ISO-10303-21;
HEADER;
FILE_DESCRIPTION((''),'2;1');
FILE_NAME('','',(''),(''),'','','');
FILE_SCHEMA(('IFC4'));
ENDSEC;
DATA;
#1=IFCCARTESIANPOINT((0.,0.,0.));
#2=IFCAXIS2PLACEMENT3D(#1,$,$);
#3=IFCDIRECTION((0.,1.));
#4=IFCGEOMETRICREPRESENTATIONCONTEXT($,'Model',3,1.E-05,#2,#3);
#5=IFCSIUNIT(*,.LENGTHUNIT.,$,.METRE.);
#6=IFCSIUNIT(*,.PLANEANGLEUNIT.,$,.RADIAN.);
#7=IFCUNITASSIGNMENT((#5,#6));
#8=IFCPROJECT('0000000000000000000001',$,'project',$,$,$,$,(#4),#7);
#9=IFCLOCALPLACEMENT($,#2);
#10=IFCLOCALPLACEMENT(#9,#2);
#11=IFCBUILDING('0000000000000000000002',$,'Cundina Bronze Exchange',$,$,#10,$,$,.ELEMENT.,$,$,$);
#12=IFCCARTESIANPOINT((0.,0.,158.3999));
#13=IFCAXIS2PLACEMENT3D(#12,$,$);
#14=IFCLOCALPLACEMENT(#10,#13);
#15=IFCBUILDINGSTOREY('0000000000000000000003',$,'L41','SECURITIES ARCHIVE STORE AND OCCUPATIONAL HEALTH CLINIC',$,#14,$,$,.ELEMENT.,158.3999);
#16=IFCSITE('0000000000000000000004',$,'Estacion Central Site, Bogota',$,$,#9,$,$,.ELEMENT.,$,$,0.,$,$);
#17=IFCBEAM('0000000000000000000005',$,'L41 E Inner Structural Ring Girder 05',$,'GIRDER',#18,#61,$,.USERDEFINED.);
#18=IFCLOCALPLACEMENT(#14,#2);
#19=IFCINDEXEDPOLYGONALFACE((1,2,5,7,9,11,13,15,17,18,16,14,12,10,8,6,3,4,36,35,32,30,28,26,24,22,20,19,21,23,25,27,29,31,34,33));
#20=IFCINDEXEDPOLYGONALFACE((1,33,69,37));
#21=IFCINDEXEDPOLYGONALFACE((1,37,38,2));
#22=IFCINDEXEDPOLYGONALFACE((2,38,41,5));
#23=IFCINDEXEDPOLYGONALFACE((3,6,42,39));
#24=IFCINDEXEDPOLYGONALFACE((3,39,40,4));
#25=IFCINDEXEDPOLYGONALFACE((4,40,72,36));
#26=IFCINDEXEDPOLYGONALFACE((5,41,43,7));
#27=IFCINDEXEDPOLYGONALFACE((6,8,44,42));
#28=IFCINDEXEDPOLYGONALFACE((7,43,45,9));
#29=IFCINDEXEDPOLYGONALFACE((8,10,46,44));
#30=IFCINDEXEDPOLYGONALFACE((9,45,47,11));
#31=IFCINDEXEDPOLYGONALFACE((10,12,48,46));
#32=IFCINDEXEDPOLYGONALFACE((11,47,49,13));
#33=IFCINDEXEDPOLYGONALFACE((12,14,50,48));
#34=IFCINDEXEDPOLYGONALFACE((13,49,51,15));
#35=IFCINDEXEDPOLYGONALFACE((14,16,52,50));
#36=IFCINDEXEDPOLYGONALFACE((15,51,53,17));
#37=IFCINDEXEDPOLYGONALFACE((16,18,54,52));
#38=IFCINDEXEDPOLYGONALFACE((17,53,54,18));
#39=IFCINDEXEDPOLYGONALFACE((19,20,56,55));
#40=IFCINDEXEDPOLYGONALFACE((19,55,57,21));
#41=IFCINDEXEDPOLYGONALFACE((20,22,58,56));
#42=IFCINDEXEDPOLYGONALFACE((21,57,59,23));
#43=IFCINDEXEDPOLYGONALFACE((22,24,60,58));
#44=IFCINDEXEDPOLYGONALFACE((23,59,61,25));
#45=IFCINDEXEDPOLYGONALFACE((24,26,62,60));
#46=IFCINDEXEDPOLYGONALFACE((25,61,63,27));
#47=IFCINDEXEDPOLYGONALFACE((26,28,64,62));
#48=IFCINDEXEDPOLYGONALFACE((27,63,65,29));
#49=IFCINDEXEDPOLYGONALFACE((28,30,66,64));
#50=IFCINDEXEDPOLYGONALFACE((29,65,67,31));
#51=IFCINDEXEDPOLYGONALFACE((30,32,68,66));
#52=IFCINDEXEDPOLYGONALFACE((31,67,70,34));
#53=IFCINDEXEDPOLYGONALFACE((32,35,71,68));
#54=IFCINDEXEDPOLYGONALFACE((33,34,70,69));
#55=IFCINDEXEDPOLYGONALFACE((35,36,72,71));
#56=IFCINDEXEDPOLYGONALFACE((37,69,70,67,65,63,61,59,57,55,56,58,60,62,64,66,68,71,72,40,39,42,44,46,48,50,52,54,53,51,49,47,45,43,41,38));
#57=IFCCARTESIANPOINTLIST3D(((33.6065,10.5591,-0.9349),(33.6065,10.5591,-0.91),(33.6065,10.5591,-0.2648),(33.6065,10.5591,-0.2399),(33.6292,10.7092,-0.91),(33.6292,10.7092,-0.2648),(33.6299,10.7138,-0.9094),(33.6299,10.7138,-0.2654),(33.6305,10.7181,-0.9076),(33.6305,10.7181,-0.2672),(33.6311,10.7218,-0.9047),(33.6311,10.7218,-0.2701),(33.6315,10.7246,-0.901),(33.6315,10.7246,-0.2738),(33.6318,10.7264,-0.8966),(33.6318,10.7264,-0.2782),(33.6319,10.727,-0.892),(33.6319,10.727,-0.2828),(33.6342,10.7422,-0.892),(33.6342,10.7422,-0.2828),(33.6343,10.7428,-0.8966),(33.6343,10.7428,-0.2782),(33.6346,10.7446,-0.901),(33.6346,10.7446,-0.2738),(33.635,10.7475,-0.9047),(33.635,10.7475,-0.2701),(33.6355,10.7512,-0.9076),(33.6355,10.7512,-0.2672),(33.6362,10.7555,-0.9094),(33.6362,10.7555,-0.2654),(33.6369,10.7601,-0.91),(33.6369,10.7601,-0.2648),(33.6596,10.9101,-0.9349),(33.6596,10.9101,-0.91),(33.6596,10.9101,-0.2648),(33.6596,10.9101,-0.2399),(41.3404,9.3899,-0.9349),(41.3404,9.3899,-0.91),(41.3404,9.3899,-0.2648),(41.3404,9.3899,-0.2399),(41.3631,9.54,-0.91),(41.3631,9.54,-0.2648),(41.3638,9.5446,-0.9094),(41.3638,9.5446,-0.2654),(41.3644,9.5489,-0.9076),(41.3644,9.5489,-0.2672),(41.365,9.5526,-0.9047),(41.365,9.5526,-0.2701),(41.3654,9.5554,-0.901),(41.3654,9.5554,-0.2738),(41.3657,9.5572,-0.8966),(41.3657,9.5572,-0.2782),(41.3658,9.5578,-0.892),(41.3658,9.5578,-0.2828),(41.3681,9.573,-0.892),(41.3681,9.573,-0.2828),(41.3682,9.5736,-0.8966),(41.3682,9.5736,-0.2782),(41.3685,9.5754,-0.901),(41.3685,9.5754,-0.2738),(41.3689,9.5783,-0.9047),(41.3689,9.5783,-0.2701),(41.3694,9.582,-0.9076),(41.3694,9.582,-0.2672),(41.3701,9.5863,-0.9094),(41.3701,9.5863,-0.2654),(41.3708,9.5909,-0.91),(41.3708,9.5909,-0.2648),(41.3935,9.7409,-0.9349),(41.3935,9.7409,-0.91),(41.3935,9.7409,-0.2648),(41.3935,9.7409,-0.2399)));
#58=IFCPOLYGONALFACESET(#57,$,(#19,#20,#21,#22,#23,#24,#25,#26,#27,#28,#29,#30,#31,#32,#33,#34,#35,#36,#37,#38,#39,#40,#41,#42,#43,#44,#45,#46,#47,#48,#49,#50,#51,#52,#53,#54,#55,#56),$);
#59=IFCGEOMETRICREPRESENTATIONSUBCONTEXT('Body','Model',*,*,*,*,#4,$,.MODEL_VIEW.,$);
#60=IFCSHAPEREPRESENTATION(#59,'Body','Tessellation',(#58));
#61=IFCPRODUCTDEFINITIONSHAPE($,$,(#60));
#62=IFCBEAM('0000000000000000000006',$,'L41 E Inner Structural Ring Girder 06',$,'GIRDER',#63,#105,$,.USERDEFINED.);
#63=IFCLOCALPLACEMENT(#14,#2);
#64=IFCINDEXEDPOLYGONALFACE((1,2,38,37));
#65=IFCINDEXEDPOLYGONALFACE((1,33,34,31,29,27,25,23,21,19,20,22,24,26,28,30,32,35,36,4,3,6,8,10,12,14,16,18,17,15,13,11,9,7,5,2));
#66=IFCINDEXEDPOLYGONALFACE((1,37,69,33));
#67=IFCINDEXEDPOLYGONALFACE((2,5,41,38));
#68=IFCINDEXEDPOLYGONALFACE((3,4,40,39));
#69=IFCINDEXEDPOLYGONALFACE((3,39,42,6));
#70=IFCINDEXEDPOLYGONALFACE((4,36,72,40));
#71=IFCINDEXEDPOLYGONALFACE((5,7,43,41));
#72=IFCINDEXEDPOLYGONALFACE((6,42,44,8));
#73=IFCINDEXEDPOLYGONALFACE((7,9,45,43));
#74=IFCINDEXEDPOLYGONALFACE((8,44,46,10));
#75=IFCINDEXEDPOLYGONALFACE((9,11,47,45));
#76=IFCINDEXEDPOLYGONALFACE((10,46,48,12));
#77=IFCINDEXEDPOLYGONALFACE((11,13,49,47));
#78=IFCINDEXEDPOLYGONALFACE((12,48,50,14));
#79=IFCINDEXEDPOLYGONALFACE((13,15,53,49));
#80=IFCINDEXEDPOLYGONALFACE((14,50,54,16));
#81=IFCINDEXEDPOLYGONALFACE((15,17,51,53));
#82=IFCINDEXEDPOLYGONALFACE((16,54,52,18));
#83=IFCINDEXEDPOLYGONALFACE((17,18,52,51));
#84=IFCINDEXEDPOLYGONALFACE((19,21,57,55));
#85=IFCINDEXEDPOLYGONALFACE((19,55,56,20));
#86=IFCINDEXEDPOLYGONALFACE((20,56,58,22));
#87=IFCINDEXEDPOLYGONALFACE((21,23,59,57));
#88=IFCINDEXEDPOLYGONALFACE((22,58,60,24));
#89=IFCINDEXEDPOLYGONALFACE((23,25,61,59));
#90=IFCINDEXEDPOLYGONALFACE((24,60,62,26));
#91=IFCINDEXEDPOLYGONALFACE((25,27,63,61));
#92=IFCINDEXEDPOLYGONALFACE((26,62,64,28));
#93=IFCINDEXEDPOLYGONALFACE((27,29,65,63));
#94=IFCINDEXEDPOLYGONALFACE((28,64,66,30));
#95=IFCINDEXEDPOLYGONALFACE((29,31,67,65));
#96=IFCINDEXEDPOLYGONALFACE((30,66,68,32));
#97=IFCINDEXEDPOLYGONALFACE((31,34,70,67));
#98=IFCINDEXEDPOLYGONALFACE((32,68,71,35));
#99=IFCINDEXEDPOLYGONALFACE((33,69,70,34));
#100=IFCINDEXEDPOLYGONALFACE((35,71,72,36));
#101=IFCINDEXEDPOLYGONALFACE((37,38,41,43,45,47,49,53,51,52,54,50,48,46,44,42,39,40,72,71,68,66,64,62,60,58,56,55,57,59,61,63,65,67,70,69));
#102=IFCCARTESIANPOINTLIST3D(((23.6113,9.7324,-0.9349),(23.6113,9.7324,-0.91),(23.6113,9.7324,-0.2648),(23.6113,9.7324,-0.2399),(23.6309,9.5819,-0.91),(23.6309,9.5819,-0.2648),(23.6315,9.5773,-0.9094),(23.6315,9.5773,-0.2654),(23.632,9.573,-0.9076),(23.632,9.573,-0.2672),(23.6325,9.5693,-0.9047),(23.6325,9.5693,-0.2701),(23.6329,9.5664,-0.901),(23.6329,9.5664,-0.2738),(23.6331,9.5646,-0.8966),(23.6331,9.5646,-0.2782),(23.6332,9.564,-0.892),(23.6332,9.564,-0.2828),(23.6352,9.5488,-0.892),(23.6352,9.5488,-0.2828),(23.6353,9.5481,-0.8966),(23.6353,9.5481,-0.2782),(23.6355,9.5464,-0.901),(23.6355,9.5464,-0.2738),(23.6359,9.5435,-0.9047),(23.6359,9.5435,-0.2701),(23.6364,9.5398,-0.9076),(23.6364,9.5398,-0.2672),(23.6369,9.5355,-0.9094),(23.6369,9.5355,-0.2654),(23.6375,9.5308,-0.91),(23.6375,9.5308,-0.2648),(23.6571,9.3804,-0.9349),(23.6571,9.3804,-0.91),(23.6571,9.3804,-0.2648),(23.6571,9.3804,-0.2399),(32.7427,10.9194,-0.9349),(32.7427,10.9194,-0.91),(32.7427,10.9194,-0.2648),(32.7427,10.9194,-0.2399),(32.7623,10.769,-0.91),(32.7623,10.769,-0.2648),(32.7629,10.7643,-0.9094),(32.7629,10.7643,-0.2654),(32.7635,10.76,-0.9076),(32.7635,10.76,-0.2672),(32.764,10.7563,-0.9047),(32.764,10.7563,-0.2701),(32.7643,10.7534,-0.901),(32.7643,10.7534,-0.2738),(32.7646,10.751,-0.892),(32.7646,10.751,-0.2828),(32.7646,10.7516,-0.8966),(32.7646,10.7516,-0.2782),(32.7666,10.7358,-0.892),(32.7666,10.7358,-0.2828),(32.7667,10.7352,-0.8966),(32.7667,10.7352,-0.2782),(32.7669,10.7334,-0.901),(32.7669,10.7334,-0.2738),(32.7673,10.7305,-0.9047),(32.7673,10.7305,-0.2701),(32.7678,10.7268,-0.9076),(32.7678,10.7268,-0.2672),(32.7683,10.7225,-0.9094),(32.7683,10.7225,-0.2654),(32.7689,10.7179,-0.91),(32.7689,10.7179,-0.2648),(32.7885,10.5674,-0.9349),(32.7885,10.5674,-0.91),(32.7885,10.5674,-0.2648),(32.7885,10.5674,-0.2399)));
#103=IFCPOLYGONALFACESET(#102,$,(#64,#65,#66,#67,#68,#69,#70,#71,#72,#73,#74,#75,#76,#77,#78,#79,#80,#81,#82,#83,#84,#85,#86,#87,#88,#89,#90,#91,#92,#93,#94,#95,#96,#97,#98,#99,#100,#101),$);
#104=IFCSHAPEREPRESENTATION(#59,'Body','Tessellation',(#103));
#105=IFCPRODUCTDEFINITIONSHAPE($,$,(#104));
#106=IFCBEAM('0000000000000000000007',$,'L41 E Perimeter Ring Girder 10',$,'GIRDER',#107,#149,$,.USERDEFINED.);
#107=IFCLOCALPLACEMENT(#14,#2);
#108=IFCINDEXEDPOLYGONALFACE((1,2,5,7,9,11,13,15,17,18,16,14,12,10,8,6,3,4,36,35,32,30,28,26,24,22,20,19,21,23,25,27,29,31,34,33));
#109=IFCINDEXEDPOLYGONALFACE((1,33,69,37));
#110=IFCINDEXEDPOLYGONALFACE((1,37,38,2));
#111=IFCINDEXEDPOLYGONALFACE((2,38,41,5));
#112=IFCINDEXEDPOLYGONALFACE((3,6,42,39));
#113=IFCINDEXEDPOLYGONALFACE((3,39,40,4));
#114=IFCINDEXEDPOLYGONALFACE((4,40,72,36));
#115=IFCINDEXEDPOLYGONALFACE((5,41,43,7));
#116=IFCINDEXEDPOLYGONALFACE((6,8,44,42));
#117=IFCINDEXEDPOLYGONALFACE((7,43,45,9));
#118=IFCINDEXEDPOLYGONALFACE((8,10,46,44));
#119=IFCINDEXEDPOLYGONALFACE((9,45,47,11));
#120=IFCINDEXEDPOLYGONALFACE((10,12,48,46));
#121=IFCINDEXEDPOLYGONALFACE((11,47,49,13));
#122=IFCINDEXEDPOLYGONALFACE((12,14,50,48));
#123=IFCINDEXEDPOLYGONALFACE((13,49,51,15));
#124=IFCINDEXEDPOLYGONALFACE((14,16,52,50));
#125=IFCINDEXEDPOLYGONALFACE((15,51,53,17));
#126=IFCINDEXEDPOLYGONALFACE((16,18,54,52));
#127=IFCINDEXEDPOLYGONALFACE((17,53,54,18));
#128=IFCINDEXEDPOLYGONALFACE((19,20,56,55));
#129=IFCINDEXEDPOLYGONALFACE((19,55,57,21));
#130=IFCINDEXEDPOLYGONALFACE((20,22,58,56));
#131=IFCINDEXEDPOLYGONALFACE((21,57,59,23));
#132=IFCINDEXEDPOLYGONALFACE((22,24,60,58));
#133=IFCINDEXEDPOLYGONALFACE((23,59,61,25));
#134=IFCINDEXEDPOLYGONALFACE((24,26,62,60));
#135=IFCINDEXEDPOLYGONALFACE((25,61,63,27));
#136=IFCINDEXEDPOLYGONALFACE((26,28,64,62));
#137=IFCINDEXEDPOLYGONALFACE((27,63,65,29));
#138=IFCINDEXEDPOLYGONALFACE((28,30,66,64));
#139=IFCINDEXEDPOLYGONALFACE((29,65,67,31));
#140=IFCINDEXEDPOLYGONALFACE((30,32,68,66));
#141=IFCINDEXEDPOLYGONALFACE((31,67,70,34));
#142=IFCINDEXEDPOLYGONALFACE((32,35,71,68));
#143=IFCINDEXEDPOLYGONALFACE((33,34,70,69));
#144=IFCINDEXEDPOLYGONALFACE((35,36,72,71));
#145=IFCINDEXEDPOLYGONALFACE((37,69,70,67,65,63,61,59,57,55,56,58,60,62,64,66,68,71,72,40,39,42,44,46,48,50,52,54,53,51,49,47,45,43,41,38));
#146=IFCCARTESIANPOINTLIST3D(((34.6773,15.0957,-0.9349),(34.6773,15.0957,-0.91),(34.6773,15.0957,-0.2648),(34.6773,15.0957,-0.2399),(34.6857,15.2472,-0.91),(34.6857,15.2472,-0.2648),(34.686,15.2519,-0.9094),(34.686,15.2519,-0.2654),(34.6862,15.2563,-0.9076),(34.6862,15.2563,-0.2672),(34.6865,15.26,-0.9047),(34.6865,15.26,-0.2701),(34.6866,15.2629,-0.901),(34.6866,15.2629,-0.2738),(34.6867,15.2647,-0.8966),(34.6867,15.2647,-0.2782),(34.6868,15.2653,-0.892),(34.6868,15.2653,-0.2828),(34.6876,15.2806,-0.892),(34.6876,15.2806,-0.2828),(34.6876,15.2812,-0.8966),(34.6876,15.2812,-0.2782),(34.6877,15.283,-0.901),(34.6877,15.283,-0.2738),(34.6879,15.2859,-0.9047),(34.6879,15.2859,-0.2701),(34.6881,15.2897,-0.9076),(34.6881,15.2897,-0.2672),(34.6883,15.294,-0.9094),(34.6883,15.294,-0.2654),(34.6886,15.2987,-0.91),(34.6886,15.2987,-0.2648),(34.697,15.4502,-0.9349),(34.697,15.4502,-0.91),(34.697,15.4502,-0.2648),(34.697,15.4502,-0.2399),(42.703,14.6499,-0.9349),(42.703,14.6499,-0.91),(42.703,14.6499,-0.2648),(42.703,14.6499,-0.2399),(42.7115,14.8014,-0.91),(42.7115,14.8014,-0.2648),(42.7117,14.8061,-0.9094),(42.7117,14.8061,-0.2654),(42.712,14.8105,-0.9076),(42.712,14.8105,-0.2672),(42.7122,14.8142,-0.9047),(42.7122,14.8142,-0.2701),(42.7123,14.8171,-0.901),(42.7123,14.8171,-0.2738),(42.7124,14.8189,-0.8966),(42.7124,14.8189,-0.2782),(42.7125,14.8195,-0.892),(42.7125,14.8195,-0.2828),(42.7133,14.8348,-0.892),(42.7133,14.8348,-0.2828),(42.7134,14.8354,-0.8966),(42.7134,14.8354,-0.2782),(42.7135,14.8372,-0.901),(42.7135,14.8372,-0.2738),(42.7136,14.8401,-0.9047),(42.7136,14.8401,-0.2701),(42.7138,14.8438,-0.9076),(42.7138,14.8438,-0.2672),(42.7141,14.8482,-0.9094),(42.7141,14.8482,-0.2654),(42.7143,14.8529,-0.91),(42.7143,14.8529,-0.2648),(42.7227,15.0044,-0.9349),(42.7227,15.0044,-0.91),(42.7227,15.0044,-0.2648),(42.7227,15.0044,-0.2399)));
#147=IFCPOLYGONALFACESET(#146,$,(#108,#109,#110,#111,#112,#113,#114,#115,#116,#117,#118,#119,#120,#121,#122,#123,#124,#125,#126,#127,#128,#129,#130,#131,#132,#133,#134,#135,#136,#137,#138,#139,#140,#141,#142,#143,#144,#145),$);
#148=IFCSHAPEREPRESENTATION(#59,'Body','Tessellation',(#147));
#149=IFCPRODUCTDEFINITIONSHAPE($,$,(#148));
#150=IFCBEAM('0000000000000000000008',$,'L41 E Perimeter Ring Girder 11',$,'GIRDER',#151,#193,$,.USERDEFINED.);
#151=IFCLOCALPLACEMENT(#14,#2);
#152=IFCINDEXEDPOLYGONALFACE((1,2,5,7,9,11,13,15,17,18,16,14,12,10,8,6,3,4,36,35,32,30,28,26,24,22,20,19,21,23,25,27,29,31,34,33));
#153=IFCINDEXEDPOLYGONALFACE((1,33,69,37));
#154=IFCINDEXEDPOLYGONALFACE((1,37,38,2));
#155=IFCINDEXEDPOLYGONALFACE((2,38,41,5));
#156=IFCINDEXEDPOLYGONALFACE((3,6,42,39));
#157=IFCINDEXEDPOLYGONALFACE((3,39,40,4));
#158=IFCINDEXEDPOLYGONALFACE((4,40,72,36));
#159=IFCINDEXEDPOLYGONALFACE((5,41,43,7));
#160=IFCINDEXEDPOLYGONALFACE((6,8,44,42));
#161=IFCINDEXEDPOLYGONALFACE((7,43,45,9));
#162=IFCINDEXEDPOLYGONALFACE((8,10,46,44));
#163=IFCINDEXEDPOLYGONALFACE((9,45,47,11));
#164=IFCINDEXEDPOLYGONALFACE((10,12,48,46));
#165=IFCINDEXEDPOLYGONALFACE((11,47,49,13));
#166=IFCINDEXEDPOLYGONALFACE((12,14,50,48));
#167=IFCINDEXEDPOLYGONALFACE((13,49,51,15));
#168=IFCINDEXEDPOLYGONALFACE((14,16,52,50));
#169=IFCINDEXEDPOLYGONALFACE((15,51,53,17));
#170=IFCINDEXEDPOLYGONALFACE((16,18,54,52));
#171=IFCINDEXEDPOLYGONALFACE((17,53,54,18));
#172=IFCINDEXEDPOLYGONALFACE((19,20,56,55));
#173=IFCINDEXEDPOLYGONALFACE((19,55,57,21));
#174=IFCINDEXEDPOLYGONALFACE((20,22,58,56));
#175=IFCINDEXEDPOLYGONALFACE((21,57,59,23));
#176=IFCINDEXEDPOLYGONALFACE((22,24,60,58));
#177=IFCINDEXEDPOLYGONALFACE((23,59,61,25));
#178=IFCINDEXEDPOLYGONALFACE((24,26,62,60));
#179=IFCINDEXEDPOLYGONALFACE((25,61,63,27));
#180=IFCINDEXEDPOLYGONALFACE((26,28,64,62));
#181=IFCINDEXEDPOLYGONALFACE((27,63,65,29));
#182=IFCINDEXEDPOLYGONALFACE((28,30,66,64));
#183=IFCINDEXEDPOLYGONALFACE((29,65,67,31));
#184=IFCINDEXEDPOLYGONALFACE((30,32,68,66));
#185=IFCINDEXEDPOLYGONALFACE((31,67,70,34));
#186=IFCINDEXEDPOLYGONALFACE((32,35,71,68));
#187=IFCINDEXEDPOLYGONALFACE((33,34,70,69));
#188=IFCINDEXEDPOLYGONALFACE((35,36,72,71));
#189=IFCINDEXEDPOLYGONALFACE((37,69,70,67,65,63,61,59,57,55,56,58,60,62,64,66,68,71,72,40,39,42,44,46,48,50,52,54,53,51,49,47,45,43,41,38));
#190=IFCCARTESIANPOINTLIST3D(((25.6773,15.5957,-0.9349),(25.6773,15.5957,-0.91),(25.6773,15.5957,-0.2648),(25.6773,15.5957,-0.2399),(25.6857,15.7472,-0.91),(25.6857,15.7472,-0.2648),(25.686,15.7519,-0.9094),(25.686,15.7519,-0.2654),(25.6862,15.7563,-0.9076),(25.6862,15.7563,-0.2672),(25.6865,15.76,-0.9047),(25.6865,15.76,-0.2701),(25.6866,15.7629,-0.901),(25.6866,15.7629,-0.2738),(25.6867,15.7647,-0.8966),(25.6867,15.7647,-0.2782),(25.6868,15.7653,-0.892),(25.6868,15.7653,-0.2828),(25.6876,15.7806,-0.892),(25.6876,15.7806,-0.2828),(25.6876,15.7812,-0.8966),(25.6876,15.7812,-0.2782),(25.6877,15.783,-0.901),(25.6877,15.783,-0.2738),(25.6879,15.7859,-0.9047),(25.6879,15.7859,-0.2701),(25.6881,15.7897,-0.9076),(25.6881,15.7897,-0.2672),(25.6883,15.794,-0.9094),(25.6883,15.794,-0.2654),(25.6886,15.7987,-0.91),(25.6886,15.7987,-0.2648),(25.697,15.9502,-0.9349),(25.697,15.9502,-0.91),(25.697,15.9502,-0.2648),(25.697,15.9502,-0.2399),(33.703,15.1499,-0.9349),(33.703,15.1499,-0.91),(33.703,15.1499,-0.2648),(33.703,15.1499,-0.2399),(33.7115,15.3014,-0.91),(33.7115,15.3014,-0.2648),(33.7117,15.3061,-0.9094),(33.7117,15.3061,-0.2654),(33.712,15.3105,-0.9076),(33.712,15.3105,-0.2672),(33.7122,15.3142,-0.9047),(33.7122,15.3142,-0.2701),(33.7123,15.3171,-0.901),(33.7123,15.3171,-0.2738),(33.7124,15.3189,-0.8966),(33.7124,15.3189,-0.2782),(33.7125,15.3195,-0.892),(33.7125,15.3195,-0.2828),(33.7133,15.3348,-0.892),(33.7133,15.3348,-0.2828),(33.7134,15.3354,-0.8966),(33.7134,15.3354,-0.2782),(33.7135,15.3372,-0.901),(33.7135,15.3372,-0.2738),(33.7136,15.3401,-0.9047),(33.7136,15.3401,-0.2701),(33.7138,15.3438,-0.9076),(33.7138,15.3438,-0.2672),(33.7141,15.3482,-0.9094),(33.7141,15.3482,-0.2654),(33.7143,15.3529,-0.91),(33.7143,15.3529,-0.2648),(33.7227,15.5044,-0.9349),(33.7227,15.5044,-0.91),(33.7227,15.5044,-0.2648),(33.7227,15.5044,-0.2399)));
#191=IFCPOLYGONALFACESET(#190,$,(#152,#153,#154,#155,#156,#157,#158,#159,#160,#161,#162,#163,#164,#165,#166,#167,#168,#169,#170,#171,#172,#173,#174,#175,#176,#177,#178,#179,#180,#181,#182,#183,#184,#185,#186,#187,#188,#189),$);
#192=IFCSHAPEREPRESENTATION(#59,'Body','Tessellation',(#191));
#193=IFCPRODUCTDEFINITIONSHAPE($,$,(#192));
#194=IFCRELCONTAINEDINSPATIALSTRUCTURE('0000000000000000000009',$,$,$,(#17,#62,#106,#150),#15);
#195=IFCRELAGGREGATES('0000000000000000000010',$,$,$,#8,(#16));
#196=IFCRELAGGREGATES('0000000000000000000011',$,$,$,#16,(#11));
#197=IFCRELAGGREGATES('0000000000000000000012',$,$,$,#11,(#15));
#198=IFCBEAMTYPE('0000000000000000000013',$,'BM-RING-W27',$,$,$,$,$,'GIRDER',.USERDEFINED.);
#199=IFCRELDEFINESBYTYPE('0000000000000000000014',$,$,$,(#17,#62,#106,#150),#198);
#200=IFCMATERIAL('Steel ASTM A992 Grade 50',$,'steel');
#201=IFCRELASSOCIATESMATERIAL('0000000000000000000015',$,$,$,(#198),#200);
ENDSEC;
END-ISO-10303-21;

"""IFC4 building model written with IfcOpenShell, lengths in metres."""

from ifc_helpers import new_model, si_unit, direction, frame, origin, origin_2d, place, context, subcontext, project, spatial, i_section, extrude, material, material_profile, profile_set, type_object, element, save


model = new_model("IFC4")

# Units and contexts
model_context = context("Model", 3, precision=1e-05, world=origin(), true_north=direction((0.0, 1.0)))
body_context = subcontext(model_context, "Body", "Model", "MODEL_VIEW")
ifc_project = project(units=[si_unit("LENGTHUNIT", "METRE"), si_unit("PLANEANGLEUNIT", "RADIAN")], contexts=[model_context])

# Site, building, storey
site_placement = place(None, origin())
site = spatial("IfcSite", under=ifc_project, at=site_placement, Name="Estacion Central Site, Bogota", CompositionType="ELEMENT", RefElevation=0.0)
building_placement = place(site_placement, origin())
building = spatial("IfcBuilding", under=site, at=building_placement, Name="Cundina Bronze Exchange", CompositionType="ELEMENT")
storey_placement = place(building_placement, frame((0.0, 0.0, 158.3999)))
storey = spatial("IfcBuildingStorey", under=building, at=storey_placement, Name="L41", Description="SECURITIES ARCHIVE STORE AND OCCUPATIONAL HEALTH CLINIC", CompositionType="ELEMENT", Elevation=158.3999)

# Beams
ifc_material_1 = material(Name="Steel ASTM A992 Grade 50", Category="steel")
ifc_material_profile_1 = material_profile(ifc_material_1, i_section(OverallWidth=0.355, OverallDepth=0.6951, WebThickness=0.0154, FlangeThickness=0.0249, FilletRadius=0.0181, at=origin_2d()), Name="W27X146", Category="steel")
ifc_profile_set_1 = profile_set([ifc_material_profile_1], Name="Steel ASTM A992 Grade 50")
beam_type_1 = type_object("IfcBeamType", Name="BM-RING-W27", ElementType="GIRDER", PredefinedType="USERDEFINED", material=ifc_profile_set_1)
beam_1_placement = place(storey_placement, frame((41.3669, 9.5654, -0.5874), z_axis=(-0.988765, 0.149479, 0.0), x_axis=(-0.149479, -0.988765, 0.0)))
element("IfcBeam", 1, at=beam_1_placement, inside=storey, type_object=beam_type_1, Name="L41 E Inner Structural Ring Girder 05", ObjectType="GIRDER", PredefinedType="USERDEFINED", context=body_context, shape_type="SweptSolid", body=[
    extrude(i_section(OverallWidth=0.355, OverallDepth=0.6951, WebThickness=0.0154, FlangeThickness=0.0249, FilletRadius=0.0181, at=origin_2d()), origin(), (0.0, 0.0, 1.0), 7.8218),
])
beam_2_placement = place(storey_placement, frame((32.7656, 10.7434, -0.5874), z_axis=(-0.991656, -0.128908, 0.0), x_axis=(0.128908, -0.991656, 0.0)))
element("IfcBeam", 2, at=beam_2_placement, inside=storey, type_object=beam_type_1, Name="L41 E Inner Structural Ring Girder 06", ObjectType="GIRDER", PredefinedType="USERDEFINED", context=body_context, shape_type="SweptSolid", body=[
    extrude(i_section(OverallWidth=0.355, OverallDepth=0.6951, WebThickness=0.0154, FlangeThickness=0.0249, FilletRadius=0.0181, at=origin_2d()), origin(), (0.0, 0.0, 1.0), 9.2083),
])
for number, where, z_axis, x_axis, name in (
    (3, (42.7129, 14.8271, -0.5874), (-0.998461, 0.055462, 0.0), (-0.055462, -0.998461, 0.0), "L41 E Perimeter Ring Girder 10"),
    (4, (33.7129, 15.3271, -0.5874), (-0.998461, 0.055462, 0.0), (-0.055462, -0.998461, 0.0), "L41 E Perimeter Ring Girder 11"),
):
    element("IfcBeam", number, at=place(storey_placement, frame(where, z_axis=z_axis, x_axis=x_axis)), inside=storey, type_object=beam_type_1, Name=name, ObjectType="GIRDER", PredefinedType="USERDEFINED", context=body_context, shape_type="SweptSolid", body=[
        extrude(i_section(OverallWidth=0.355, OverallDepth=0.6951, WebThickness=0.0154, FlangeThickness=0.0249, FilletRadius=0.0181, at=origin_2d()), origin(), (0.0, 0.0, 1.0), 8.0381),
    ])

save(model, "model.ifc")
